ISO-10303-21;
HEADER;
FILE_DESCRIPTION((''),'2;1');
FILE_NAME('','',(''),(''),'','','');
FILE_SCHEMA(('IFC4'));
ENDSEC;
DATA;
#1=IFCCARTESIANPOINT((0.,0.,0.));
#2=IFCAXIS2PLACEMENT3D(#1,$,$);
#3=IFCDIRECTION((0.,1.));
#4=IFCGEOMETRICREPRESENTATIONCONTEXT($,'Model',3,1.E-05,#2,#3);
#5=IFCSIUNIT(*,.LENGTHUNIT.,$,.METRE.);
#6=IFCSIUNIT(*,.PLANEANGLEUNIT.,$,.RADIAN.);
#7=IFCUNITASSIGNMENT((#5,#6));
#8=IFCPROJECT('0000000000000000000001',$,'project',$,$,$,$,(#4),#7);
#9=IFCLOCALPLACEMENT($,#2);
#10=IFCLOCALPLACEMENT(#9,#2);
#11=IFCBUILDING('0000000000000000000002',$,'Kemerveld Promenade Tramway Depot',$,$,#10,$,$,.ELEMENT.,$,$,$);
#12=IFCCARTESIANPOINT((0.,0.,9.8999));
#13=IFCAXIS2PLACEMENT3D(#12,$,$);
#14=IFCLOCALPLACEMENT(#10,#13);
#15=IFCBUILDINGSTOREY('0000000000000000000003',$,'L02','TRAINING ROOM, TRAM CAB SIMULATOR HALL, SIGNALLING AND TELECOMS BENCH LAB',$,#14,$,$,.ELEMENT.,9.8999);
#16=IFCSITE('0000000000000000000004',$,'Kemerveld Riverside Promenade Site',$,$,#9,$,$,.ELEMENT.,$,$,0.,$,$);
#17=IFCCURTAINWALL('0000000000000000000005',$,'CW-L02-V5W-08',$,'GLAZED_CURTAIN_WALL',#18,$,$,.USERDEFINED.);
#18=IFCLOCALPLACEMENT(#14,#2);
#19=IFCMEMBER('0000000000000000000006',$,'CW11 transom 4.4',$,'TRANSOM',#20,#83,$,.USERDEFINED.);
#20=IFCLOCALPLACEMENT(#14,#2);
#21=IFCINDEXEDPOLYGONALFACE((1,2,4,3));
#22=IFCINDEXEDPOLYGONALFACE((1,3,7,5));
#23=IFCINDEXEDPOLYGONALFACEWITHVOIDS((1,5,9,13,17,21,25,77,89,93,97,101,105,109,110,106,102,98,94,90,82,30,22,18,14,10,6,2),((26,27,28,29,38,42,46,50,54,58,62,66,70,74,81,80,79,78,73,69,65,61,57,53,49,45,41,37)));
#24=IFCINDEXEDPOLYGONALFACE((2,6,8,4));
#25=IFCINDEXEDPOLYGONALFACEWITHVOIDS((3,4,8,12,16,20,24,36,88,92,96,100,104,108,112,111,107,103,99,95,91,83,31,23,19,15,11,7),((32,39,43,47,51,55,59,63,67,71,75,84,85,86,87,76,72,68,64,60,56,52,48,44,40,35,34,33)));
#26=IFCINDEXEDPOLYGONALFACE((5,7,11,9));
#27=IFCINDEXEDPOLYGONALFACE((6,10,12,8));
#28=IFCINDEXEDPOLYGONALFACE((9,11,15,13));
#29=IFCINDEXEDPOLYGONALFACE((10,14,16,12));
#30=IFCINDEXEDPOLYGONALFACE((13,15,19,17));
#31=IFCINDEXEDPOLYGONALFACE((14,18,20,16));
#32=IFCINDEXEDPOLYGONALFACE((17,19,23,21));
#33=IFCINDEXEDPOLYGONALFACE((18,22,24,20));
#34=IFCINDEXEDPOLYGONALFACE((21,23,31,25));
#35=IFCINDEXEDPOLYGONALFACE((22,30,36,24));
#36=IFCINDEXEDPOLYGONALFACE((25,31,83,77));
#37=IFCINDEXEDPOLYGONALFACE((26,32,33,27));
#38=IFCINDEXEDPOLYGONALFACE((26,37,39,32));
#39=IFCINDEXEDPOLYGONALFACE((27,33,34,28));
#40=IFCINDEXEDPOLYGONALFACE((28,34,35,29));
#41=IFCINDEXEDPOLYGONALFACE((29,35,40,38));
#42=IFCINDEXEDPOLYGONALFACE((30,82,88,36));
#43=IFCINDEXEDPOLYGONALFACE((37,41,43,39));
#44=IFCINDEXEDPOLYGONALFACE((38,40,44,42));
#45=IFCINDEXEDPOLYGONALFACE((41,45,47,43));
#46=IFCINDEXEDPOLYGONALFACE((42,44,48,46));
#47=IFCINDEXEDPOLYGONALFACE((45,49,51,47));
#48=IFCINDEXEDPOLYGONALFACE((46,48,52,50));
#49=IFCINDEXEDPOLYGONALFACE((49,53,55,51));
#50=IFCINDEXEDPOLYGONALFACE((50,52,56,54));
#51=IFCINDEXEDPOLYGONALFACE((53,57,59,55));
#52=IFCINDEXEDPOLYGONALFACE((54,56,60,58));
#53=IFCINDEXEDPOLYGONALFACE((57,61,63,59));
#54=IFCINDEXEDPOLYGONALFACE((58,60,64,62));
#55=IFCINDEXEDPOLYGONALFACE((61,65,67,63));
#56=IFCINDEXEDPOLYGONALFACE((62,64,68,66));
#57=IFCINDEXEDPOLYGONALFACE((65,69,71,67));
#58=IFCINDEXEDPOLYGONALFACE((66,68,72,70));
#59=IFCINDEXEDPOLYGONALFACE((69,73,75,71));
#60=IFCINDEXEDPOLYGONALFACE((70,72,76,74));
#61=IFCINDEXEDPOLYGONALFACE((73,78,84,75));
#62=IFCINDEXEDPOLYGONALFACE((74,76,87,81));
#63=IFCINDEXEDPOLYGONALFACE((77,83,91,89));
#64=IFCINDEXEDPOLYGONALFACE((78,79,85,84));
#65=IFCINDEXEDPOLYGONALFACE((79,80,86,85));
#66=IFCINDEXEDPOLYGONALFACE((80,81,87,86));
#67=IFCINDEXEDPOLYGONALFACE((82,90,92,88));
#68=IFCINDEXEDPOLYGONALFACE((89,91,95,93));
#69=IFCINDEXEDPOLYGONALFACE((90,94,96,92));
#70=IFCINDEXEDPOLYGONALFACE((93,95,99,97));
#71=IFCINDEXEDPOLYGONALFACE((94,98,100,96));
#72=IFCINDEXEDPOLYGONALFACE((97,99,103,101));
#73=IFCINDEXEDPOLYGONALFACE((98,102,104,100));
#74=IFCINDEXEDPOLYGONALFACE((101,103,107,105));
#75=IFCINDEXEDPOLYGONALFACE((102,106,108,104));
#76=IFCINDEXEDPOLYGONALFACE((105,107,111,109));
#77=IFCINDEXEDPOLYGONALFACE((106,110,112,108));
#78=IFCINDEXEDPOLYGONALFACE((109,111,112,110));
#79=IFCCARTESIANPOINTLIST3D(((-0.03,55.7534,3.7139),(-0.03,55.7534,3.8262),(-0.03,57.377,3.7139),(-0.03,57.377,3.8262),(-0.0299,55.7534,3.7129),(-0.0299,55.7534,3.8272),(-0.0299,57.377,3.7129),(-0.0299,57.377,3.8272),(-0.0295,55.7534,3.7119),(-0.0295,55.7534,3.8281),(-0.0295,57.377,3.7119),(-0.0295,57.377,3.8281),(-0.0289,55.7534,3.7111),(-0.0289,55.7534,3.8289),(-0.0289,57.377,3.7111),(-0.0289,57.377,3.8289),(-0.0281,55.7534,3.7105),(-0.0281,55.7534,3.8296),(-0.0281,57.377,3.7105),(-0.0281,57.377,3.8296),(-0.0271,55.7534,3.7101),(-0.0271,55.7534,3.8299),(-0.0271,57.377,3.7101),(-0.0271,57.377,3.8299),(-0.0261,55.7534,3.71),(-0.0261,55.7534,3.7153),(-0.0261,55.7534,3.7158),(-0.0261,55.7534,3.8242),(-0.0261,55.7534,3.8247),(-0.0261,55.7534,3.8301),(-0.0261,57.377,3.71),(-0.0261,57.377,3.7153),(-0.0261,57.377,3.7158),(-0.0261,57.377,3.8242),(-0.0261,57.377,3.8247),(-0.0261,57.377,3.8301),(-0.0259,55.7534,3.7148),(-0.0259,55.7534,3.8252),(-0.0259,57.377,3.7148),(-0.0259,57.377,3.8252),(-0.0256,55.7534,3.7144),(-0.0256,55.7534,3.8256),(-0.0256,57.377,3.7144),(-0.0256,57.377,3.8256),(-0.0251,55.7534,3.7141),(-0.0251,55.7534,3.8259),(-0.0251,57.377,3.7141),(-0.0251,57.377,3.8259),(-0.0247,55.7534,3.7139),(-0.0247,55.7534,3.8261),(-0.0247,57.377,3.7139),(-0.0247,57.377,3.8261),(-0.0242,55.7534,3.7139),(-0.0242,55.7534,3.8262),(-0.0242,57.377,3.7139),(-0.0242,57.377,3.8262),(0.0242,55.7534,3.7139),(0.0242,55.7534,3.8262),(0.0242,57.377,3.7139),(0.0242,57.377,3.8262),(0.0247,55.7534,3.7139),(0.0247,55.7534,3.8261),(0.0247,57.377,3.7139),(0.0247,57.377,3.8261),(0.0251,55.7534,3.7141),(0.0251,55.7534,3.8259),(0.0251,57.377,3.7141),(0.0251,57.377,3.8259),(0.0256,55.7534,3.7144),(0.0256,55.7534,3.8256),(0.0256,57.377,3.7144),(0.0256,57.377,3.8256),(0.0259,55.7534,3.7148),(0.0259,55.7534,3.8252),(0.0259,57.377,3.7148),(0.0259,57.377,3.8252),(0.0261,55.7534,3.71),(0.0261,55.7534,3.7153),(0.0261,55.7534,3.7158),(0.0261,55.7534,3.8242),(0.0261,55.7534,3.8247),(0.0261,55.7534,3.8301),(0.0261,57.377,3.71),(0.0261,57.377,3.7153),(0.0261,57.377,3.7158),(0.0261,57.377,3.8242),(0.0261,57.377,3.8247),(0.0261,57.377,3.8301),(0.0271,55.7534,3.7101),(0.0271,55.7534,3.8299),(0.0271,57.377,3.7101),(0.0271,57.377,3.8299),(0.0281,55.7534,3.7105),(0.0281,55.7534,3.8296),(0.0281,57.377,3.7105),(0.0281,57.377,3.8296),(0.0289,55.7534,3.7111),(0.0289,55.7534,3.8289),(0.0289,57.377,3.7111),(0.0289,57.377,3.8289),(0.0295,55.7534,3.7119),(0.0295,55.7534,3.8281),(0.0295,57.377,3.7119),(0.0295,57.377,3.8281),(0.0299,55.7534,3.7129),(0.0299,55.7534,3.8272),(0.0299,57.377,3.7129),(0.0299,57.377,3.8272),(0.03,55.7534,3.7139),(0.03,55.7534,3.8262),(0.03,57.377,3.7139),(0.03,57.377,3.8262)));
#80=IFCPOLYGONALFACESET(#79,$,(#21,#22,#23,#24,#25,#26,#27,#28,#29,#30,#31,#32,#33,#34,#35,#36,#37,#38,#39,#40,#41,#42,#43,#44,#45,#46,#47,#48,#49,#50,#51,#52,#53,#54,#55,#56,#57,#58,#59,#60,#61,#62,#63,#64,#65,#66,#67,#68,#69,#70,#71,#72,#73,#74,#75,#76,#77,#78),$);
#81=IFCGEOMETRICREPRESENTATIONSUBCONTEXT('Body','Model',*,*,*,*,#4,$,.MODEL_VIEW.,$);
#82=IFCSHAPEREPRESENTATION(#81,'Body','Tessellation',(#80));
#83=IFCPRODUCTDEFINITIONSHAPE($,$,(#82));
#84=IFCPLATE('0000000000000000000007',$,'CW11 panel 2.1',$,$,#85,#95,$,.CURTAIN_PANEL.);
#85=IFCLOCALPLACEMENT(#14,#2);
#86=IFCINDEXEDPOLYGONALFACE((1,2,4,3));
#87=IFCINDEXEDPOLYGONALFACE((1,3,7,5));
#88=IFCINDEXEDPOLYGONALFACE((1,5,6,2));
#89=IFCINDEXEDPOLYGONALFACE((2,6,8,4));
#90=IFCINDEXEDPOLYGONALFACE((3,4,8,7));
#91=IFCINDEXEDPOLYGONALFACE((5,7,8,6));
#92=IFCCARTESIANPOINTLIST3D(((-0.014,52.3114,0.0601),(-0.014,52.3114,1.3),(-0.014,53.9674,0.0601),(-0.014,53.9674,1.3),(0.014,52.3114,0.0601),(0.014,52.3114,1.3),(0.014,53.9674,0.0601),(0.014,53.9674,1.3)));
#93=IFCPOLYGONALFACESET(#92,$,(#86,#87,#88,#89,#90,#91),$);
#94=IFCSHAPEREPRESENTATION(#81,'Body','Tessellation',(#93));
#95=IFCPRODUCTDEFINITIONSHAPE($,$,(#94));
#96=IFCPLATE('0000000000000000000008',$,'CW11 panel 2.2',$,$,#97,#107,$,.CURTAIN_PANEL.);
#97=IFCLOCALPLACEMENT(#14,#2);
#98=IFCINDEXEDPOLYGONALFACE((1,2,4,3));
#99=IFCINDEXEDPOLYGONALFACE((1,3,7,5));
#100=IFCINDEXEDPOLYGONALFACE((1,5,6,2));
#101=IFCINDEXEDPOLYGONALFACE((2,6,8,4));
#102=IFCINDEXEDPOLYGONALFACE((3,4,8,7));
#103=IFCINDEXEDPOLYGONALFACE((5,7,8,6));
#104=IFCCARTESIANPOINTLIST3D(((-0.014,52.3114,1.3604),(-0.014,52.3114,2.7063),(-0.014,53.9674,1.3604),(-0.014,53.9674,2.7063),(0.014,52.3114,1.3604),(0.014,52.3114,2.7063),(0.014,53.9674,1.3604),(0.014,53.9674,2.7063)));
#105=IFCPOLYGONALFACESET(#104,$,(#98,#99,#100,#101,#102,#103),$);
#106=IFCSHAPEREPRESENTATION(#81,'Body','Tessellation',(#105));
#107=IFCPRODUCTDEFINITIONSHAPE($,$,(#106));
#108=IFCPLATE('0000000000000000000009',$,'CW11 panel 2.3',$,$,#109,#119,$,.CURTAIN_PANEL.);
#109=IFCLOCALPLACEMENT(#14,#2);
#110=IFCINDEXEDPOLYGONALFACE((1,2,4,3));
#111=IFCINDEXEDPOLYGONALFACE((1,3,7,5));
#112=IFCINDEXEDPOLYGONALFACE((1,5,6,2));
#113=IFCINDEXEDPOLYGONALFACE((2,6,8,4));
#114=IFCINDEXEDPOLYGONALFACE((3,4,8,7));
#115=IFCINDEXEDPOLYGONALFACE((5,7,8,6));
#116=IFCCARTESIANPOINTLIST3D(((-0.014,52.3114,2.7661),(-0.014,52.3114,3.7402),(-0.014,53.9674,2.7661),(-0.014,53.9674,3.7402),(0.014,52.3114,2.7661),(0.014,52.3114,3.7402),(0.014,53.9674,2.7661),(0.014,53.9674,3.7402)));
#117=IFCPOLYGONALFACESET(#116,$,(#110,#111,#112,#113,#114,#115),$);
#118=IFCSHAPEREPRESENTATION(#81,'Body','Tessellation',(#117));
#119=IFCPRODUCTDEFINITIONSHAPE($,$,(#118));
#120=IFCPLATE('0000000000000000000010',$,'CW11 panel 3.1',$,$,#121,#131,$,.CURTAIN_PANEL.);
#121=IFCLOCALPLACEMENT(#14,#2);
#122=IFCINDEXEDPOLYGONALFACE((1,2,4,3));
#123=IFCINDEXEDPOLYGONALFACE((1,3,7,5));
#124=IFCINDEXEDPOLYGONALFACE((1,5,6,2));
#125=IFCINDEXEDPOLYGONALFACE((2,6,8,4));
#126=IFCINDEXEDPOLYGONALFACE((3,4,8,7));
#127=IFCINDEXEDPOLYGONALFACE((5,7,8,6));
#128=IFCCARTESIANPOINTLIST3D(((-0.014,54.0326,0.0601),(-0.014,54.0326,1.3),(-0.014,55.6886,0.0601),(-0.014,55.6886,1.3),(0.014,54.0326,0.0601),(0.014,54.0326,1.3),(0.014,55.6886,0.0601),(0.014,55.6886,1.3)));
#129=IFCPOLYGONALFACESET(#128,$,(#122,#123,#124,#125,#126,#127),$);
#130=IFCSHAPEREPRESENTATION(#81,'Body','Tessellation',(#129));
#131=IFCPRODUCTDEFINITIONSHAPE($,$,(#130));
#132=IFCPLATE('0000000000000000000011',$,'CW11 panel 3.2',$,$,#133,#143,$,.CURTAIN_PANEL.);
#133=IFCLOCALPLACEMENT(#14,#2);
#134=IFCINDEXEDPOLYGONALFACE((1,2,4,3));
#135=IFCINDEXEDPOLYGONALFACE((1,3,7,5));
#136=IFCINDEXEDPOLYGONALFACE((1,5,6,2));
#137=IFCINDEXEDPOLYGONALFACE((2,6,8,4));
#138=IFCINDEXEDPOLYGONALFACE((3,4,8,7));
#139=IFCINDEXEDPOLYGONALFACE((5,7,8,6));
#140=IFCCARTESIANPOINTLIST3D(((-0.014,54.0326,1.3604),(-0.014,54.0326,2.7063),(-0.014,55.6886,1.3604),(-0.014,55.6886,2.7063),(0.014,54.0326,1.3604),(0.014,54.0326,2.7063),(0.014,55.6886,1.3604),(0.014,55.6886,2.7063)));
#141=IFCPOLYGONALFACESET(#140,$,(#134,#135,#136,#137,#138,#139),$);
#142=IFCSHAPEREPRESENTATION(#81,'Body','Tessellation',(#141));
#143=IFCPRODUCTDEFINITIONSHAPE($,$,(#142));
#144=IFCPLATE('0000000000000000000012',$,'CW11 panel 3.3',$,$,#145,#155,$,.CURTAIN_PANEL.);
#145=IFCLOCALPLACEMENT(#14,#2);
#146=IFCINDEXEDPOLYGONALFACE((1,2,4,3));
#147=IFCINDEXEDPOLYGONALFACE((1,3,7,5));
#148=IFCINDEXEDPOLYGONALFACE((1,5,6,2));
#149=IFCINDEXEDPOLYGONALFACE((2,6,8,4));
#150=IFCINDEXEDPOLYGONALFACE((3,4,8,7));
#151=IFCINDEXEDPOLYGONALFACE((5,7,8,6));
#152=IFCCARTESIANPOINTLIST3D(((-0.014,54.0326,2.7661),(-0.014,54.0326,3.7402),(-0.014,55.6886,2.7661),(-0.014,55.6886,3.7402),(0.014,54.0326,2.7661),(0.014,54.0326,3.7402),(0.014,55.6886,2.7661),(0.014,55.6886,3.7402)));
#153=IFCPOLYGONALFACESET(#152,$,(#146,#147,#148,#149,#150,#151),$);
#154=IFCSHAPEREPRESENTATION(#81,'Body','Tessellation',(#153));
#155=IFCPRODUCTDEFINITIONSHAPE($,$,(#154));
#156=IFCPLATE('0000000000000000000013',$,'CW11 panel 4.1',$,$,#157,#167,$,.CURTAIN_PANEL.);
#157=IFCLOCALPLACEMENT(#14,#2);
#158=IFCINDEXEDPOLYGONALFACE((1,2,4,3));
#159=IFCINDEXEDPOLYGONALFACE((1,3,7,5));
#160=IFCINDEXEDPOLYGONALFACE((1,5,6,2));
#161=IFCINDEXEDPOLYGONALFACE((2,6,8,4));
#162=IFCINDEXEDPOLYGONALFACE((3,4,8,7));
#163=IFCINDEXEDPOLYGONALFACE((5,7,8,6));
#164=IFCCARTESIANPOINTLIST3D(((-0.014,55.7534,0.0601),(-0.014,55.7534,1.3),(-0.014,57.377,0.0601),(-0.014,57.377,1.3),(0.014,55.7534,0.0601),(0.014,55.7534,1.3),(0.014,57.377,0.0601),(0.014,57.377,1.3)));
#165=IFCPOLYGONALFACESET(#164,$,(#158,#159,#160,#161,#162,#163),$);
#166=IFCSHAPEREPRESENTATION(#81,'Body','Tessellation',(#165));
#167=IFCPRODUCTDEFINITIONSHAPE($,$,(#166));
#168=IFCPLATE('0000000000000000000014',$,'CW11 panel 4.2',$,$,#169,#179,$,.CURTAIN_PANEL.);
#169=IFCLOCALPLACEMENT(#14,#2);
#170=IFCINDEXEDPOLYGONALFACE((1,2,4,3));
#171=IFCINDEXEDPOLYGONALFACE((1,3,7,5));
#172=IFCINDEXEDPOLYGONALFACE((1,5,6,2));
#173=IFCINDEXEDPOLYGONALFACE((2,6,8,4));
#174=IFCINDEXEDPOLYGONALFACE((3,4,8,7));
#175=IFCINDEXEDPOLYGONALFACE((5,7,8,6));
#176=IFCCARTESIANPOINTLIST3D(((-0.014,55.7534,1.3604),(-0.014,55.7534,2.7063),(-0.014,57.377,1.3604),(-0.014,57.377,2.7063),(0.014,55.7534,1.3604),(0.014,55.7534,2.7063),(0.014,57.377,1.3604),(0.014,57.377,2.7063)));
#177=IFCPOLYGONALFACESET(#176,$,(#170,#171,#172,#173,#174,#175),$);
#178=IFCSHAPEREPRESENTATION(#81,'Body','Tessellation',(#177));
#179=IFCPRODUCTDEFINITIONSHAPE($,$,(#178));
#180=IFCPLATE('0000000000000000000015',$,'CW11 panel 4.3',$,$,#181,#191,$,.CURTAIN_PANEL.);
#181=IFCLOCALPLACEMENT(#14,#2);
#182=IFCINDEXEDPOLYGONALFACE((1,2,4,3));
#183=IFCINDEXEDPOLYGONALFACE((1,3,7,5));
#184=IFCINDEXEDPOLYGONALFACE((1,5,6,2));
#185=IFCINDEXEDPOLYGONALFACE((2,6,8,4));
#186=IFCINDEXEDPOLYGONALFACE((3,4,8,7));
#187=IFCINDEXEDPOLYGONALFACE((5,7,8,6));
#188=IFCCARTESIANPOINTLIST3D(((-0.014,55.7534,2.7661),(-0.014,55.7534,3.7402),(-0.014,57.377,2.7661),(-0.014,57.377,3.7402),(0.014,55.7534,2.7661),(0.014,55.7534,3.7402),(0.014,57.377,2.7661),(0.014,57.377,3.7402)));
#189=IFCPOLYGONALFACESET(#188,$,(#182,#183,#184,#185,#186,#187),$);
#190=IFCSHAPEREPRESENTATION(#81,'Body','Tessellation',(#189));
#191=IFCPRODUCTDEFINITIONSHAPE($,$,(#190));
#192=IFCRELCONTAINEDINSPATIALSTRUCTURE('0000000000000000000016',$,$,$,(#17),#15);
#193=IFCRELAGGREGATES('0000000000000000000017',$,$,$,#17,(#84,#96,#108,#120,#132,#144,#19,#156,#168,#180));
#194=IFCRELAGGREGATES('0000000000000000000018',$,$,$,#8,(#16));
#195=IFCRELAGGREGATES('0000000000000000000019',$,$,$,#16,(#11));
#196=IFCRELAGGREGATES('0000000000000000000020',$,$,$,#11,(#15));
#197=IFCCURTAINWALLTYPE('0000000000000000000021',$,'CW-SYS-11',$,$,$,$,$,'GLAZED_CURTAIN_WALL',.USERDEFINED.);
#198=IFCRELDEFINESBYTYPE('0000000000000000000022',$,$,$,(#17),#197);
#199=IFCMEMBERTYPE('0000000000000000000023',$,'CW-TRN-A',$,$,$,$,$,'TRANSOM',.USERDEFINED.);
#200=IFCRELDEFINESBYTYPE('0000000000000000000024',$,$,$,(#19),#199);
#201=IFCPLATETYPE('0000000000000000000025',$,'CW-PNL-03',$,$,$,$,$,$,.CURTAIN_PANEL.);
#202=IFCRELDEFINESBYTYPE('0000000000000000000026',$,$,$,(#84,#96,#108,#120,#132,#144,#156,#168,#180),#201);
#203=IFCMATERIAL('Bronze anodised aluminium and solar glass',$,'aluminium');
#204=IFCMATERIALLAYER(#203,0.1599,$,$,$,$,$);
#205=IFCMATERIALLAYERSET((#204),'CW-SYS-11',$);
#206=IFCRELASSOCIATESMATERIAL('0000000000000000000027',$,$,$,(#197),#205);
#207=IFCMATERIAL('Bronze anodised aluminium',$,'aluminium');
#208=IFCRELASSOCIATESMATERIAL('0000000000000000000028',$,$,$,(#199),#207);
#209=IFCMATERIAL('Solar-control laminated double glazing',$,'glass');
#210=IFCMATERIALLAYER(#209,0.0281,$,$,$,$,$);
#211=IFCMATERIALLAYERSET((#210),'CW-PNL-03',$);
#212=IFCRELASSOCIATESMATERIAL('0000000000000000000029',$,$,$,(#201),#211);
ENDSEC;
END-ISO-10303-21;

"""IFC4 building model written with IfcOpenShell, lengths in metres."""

from ifc_helpers import new_model, si_unit, direction, frame, origin, origin_2d, place, context, subcontext, project, spatial, rectangle, hollow_rectangle, extrude, material, layer, layer_set, material_profile, profile_set, type_object, element, aggregate, save


model = new_model("IFC4")

# Units and contexts
model_context = context("Model", 3, precision=1e-05, world=origin(), true_north=direction((0.0, 1.0)))
body_context = subcontext(model_context, "Body", "Model", "MODEL_VIEW")
ifc_project = project(units=[si_unit("LENGTHUNIT", "METRE"), si_unit("PLANEANGLEUNIT", "RADIAN")], contexts=[model_context])

# Site, building, storey
site_placement = place(None, origin())
site = spatial("IfcSite", under=ifc_project, at=site_placement, Name="Kemerveld Riverside Promenade Site", CompositionType="ELEMENT", RefElevation=0.0)
building_placement = place(site_placement, origin())
building = spatial("IfcBuilding", under=site, at=building_placement, Name="Kemerveld Promenade Tramway Depot", CompositionType="ELEMENT")
storey_placement = place(building_placement, frame((0.0, 0.0, 9.8999)))
storey = spatial("IfcBuildingStorey", under=building, at=storey_placement, Name="L02", Description="TRAINING ROOM, TRAM CAB SIMULATOR HALL, SIGNALLING AND TELECOMS BENCH LAB", CompositionType="ELEMENT", Elevation=9.8999)

# Curtain wall, member, plates
ifc_material_1 = material(Name="Bronze anodised aluminium and solar glass", Category="aluminium")
ifc_layer_1 = layer(ifc_material_1, 0.1599)
ifc_layer_set_1 = layer_set([ifc_layer_1], Name="CW-SYS-11")
curtain_wall_type = type_object("IfcCurtainWallType", Name="CW-SYS-11", ElementType="GLAZED_CURTAIN_WALL", PredefinedType="USERDEFINED", material=ifc_layer_set_1)
curtain_wall_placement = place(storey_placement, origin())
curtain_wall = element("IfcCurtainWall", 1, at=curtain_wall_placement, inside=storey, type_object=curtain_wall_type, Name="CW-L02-V5W-08", ObjectType="GLAZED_CURTAIN_WALL", PredefinedType="USERDEFINED")
ifc_material_2 = material(Name="Bronze anodised aluminium", Category="aluminium")
ifc_material_profile_1 = material_profile(ifc_material_2, hollow_rectangle(XDim=0.0601, YDim=0.1201, WallThickness=0.0039, InnerFilletRadius=0.002, OuterFilletRadius=0.0039, at=origin_2d()), Name="CW-TRN-120x60")
ifc_profile_set_1 = profile_set([ifc_material_profile_1], Name="Bronze anodised aluminium")
member_type_1 = type_object("IfcMemberType", Name="CW-TRN-A", ElementType="TRANSOM", PredefinedType="USERDEFINED", material=ifc_profile_set_1)
member_1_placement = place(storey_placement, frame((0.0, 55.7534, 3.77), z_axis=(0.0, 1.0, 0.0), x_axis=(-1.0, 0.0, 0.0)))
member_1 = element("IfcMember", 2, at=member_1_placement, type_object=member_type_1, Name="CW11 transom 4.4", ObjectType="TRANSOM", PredefinedType="USERDEFINED", context=body_context, shape_type="SweptSolid", body=[
    extrude(hollow_rectangle(XDim=0.0601, YDim=0.1201, WallThickness=0.0039, InnerFilletRadius=0.002, OuterFilletRadius=0.0039, at=origin_2d()), origin(), (0.0, 0.0, 1.0), 1.6235),
])
ifc_material_3 = material(Name="Solar-control laminated double glazing", Category="glass")
ifc_layer_2 = layer(ifc_material_3, 0.0281)
ifc_layer_set_2 = layer_set([ifc_layer_2], Name="CW-PNL-03")
plate_type = type_object("IfcPlateType", Name="CW-PNL-03", PredefinedType="CURTAIN_PANEL", material=ifc_layer_set_2)
plate_1_placement = place(storey_placement, frame((0.0, 53.1394, 0.0601), z_axis=(0.0, 0.0, 1.0), x_axis=(0.0, 1.0, 0.0)))
plate_1 = element("IfcPlate", 3, at=plate_1_placement, type_object=plate_type, Name="CW11 panel 2.1", PredefinedType="CURTAIN_PANEL", context=body_context, shape_type="SweptSolid", body=[
    extrude(rectangle(XDim=1.656, YDim=0.0281, at=origin_2d()), origin(), (0.0, 0.0, 1.0), 1.24),
])
plate_2_placement = place(storey_placement, frame((0.0, 53.1394, 1.3604), z_axis=(0.0, 0.0, 1.0), x_axis=(0.0, 1.0, 0.0)))
plate_2 = element("IfcPlate", 4, at=plate_2_placement, type_object=plate_type, Name="CW11 panel 2.2", PredefinedType="CURTAIN_PANEL", context=body_context, shape_type="SweptSolid", body=[
    extrude(rectangle(XDim=1.656, YDim=0.0281, at=origin_2d()), origin(), (0.0, 0.0, 1.0), 1.3459),
])
plate_3_placement = place(storey_placement, frame((0.0, 53.1394, 2.7661), z_axis=(0.0, 0.0, 1.0), x_axis=(0.0, 1.0, 0.0)))
plate_3 = element("IfcPlate", 5, at=plate_3_placement, type_object=plate_type, Name="CW11 panel 2.3", PredefinedType="CURTAIN_PANEL", context=body_context, shape_type="SweptSolid", body=[
    extrude(rectangle(XDim=1.656, YDim=0.0281, at=origin_2d()), origin(), (0.0, 0.0, 1.0), 0.9741),
])
plate_4_placement = place(storey_placement, frame((0.0, 54.8606, 0.0601), z_axis=(0.0, 0.0, 1.0), x_axis=(0.0, 1.0, 0.0)))
plate_4 = element("IfcPlate", 6, at=plate_4_placement, type_object=plate_type, Name="CW11 panel 3.1", PredefinedType="CURTAIN_PANEL", context=body_context, shape_type="SweptSolid", body=[
    extrude(rectangle(XDim=1.656, YDim=0.0281, at=origin_2d()), origin(), (0.0, 0.0, 1.0), 1.24),
])
plate_5_placement = place(storey_placement, frame((0.0, 54.8606, 1.3604), z_axis=(0.0, 0.0, 1.0), x_axis=(0.0, 1.0, 0.0)))
plate_5 = element("IfcPlate", 7, at=plate_5_placement, type_object=plate_type, Name="CW11 panel 3.2", PredefinedType="CURTAIN_PANEL", context=body_context, shape_type="SweptSolid", body=[
    extrude(rectangle(XDim=1.656, YDim=0.0281, at=origin_2d()), origin(), (0.0, 0.0, 1.0), 1.3459),
])
plate_6_placement = place(storey_placement, frame((0.0, 54.8606, 2.7661), z_axis=(0.0, 0.0, 1.0), x_axis=(0.0, 1.0, 0.0)))
plate_6 = element("IfcPlate", 8, at=plate_6_placement, type_object=plate_type, Name="CW11 panel 3.3", PredefinedType="CURTAIN_PANEL", context=body_context, shape_type="SweptSolid", body=[
    extrude(rectangle(XDim=1.656, YDim=0.0281, at=origin_2d()), origin(), (0.0, 0.0, 1.0), 0.9741),
])
plate_7_placement = place(storey_placement, frame((0.0, 56.5652, 0.0601), z_axis=(0.0, 0.0, 1.0), x_axis=(0.0, 1.0, 0.0)))
plate_7 = element("IfcPlate", 9, at=plate_7_placement, type_object=plate_type, Name="CW11 panel 4.1", PredefinedType="CURTAIN_PANEL", context=body_context, shape_type="SweptSolid", body=[
    extrude(rectangle(XDim=1.6235, YDim=0.0281, at=origin_2d()), origin(), (0.0, 0.0, 1.0), 1.24),
])
plate_8_placement = place(storey_placement, frame((0.0, 56.5652, 1.3604), z_axis=(0.0, 0.0, 1.0), x_axis=(0.0, 1.0, 0.0)))
plate_8 = element("IfcPlate", 10, at=plate_8_placement, type_object=plate_type, Name="CW11 panel 4.2", PredefinedType="CURTAIN_PANEL", context=body_context, shape_type="SweptSolid", body=[
    extrude(rectangle(XDim=1.6235, YDim=0.0281, at=origin_2d()), origin(), (0.0, 0.0, 1.0), 1.3459),
])
plate_9_placement = place(storey_placement, frame((0.0, 56.5652, 2.7661), z_axis=(0.0, 0.0, 1.0), x_axis=(0.0, 1.0, 0.0)))
plate_9 = element("IfcPlate", 11, at=plate_9_placement, type_object=plate_type, Name="CW11 panel 4.3", PredefinedType="CURTAIN_PANEL", context=body_context, shape_type="SweptSolid", body=[
    extrude(rectangle(XDim=1.6235, YDim=0.0281, at=origin_2d()), origin(), (0.0, 0.0, 1.0), 0.9741),
])
aggregate(curtain_wall, [plate_1, plate_2, plate_3, plate_4, plate_5, plate_6, member_1, plate_7, plate_8, plate_9])

save(model, "model.ifc")
